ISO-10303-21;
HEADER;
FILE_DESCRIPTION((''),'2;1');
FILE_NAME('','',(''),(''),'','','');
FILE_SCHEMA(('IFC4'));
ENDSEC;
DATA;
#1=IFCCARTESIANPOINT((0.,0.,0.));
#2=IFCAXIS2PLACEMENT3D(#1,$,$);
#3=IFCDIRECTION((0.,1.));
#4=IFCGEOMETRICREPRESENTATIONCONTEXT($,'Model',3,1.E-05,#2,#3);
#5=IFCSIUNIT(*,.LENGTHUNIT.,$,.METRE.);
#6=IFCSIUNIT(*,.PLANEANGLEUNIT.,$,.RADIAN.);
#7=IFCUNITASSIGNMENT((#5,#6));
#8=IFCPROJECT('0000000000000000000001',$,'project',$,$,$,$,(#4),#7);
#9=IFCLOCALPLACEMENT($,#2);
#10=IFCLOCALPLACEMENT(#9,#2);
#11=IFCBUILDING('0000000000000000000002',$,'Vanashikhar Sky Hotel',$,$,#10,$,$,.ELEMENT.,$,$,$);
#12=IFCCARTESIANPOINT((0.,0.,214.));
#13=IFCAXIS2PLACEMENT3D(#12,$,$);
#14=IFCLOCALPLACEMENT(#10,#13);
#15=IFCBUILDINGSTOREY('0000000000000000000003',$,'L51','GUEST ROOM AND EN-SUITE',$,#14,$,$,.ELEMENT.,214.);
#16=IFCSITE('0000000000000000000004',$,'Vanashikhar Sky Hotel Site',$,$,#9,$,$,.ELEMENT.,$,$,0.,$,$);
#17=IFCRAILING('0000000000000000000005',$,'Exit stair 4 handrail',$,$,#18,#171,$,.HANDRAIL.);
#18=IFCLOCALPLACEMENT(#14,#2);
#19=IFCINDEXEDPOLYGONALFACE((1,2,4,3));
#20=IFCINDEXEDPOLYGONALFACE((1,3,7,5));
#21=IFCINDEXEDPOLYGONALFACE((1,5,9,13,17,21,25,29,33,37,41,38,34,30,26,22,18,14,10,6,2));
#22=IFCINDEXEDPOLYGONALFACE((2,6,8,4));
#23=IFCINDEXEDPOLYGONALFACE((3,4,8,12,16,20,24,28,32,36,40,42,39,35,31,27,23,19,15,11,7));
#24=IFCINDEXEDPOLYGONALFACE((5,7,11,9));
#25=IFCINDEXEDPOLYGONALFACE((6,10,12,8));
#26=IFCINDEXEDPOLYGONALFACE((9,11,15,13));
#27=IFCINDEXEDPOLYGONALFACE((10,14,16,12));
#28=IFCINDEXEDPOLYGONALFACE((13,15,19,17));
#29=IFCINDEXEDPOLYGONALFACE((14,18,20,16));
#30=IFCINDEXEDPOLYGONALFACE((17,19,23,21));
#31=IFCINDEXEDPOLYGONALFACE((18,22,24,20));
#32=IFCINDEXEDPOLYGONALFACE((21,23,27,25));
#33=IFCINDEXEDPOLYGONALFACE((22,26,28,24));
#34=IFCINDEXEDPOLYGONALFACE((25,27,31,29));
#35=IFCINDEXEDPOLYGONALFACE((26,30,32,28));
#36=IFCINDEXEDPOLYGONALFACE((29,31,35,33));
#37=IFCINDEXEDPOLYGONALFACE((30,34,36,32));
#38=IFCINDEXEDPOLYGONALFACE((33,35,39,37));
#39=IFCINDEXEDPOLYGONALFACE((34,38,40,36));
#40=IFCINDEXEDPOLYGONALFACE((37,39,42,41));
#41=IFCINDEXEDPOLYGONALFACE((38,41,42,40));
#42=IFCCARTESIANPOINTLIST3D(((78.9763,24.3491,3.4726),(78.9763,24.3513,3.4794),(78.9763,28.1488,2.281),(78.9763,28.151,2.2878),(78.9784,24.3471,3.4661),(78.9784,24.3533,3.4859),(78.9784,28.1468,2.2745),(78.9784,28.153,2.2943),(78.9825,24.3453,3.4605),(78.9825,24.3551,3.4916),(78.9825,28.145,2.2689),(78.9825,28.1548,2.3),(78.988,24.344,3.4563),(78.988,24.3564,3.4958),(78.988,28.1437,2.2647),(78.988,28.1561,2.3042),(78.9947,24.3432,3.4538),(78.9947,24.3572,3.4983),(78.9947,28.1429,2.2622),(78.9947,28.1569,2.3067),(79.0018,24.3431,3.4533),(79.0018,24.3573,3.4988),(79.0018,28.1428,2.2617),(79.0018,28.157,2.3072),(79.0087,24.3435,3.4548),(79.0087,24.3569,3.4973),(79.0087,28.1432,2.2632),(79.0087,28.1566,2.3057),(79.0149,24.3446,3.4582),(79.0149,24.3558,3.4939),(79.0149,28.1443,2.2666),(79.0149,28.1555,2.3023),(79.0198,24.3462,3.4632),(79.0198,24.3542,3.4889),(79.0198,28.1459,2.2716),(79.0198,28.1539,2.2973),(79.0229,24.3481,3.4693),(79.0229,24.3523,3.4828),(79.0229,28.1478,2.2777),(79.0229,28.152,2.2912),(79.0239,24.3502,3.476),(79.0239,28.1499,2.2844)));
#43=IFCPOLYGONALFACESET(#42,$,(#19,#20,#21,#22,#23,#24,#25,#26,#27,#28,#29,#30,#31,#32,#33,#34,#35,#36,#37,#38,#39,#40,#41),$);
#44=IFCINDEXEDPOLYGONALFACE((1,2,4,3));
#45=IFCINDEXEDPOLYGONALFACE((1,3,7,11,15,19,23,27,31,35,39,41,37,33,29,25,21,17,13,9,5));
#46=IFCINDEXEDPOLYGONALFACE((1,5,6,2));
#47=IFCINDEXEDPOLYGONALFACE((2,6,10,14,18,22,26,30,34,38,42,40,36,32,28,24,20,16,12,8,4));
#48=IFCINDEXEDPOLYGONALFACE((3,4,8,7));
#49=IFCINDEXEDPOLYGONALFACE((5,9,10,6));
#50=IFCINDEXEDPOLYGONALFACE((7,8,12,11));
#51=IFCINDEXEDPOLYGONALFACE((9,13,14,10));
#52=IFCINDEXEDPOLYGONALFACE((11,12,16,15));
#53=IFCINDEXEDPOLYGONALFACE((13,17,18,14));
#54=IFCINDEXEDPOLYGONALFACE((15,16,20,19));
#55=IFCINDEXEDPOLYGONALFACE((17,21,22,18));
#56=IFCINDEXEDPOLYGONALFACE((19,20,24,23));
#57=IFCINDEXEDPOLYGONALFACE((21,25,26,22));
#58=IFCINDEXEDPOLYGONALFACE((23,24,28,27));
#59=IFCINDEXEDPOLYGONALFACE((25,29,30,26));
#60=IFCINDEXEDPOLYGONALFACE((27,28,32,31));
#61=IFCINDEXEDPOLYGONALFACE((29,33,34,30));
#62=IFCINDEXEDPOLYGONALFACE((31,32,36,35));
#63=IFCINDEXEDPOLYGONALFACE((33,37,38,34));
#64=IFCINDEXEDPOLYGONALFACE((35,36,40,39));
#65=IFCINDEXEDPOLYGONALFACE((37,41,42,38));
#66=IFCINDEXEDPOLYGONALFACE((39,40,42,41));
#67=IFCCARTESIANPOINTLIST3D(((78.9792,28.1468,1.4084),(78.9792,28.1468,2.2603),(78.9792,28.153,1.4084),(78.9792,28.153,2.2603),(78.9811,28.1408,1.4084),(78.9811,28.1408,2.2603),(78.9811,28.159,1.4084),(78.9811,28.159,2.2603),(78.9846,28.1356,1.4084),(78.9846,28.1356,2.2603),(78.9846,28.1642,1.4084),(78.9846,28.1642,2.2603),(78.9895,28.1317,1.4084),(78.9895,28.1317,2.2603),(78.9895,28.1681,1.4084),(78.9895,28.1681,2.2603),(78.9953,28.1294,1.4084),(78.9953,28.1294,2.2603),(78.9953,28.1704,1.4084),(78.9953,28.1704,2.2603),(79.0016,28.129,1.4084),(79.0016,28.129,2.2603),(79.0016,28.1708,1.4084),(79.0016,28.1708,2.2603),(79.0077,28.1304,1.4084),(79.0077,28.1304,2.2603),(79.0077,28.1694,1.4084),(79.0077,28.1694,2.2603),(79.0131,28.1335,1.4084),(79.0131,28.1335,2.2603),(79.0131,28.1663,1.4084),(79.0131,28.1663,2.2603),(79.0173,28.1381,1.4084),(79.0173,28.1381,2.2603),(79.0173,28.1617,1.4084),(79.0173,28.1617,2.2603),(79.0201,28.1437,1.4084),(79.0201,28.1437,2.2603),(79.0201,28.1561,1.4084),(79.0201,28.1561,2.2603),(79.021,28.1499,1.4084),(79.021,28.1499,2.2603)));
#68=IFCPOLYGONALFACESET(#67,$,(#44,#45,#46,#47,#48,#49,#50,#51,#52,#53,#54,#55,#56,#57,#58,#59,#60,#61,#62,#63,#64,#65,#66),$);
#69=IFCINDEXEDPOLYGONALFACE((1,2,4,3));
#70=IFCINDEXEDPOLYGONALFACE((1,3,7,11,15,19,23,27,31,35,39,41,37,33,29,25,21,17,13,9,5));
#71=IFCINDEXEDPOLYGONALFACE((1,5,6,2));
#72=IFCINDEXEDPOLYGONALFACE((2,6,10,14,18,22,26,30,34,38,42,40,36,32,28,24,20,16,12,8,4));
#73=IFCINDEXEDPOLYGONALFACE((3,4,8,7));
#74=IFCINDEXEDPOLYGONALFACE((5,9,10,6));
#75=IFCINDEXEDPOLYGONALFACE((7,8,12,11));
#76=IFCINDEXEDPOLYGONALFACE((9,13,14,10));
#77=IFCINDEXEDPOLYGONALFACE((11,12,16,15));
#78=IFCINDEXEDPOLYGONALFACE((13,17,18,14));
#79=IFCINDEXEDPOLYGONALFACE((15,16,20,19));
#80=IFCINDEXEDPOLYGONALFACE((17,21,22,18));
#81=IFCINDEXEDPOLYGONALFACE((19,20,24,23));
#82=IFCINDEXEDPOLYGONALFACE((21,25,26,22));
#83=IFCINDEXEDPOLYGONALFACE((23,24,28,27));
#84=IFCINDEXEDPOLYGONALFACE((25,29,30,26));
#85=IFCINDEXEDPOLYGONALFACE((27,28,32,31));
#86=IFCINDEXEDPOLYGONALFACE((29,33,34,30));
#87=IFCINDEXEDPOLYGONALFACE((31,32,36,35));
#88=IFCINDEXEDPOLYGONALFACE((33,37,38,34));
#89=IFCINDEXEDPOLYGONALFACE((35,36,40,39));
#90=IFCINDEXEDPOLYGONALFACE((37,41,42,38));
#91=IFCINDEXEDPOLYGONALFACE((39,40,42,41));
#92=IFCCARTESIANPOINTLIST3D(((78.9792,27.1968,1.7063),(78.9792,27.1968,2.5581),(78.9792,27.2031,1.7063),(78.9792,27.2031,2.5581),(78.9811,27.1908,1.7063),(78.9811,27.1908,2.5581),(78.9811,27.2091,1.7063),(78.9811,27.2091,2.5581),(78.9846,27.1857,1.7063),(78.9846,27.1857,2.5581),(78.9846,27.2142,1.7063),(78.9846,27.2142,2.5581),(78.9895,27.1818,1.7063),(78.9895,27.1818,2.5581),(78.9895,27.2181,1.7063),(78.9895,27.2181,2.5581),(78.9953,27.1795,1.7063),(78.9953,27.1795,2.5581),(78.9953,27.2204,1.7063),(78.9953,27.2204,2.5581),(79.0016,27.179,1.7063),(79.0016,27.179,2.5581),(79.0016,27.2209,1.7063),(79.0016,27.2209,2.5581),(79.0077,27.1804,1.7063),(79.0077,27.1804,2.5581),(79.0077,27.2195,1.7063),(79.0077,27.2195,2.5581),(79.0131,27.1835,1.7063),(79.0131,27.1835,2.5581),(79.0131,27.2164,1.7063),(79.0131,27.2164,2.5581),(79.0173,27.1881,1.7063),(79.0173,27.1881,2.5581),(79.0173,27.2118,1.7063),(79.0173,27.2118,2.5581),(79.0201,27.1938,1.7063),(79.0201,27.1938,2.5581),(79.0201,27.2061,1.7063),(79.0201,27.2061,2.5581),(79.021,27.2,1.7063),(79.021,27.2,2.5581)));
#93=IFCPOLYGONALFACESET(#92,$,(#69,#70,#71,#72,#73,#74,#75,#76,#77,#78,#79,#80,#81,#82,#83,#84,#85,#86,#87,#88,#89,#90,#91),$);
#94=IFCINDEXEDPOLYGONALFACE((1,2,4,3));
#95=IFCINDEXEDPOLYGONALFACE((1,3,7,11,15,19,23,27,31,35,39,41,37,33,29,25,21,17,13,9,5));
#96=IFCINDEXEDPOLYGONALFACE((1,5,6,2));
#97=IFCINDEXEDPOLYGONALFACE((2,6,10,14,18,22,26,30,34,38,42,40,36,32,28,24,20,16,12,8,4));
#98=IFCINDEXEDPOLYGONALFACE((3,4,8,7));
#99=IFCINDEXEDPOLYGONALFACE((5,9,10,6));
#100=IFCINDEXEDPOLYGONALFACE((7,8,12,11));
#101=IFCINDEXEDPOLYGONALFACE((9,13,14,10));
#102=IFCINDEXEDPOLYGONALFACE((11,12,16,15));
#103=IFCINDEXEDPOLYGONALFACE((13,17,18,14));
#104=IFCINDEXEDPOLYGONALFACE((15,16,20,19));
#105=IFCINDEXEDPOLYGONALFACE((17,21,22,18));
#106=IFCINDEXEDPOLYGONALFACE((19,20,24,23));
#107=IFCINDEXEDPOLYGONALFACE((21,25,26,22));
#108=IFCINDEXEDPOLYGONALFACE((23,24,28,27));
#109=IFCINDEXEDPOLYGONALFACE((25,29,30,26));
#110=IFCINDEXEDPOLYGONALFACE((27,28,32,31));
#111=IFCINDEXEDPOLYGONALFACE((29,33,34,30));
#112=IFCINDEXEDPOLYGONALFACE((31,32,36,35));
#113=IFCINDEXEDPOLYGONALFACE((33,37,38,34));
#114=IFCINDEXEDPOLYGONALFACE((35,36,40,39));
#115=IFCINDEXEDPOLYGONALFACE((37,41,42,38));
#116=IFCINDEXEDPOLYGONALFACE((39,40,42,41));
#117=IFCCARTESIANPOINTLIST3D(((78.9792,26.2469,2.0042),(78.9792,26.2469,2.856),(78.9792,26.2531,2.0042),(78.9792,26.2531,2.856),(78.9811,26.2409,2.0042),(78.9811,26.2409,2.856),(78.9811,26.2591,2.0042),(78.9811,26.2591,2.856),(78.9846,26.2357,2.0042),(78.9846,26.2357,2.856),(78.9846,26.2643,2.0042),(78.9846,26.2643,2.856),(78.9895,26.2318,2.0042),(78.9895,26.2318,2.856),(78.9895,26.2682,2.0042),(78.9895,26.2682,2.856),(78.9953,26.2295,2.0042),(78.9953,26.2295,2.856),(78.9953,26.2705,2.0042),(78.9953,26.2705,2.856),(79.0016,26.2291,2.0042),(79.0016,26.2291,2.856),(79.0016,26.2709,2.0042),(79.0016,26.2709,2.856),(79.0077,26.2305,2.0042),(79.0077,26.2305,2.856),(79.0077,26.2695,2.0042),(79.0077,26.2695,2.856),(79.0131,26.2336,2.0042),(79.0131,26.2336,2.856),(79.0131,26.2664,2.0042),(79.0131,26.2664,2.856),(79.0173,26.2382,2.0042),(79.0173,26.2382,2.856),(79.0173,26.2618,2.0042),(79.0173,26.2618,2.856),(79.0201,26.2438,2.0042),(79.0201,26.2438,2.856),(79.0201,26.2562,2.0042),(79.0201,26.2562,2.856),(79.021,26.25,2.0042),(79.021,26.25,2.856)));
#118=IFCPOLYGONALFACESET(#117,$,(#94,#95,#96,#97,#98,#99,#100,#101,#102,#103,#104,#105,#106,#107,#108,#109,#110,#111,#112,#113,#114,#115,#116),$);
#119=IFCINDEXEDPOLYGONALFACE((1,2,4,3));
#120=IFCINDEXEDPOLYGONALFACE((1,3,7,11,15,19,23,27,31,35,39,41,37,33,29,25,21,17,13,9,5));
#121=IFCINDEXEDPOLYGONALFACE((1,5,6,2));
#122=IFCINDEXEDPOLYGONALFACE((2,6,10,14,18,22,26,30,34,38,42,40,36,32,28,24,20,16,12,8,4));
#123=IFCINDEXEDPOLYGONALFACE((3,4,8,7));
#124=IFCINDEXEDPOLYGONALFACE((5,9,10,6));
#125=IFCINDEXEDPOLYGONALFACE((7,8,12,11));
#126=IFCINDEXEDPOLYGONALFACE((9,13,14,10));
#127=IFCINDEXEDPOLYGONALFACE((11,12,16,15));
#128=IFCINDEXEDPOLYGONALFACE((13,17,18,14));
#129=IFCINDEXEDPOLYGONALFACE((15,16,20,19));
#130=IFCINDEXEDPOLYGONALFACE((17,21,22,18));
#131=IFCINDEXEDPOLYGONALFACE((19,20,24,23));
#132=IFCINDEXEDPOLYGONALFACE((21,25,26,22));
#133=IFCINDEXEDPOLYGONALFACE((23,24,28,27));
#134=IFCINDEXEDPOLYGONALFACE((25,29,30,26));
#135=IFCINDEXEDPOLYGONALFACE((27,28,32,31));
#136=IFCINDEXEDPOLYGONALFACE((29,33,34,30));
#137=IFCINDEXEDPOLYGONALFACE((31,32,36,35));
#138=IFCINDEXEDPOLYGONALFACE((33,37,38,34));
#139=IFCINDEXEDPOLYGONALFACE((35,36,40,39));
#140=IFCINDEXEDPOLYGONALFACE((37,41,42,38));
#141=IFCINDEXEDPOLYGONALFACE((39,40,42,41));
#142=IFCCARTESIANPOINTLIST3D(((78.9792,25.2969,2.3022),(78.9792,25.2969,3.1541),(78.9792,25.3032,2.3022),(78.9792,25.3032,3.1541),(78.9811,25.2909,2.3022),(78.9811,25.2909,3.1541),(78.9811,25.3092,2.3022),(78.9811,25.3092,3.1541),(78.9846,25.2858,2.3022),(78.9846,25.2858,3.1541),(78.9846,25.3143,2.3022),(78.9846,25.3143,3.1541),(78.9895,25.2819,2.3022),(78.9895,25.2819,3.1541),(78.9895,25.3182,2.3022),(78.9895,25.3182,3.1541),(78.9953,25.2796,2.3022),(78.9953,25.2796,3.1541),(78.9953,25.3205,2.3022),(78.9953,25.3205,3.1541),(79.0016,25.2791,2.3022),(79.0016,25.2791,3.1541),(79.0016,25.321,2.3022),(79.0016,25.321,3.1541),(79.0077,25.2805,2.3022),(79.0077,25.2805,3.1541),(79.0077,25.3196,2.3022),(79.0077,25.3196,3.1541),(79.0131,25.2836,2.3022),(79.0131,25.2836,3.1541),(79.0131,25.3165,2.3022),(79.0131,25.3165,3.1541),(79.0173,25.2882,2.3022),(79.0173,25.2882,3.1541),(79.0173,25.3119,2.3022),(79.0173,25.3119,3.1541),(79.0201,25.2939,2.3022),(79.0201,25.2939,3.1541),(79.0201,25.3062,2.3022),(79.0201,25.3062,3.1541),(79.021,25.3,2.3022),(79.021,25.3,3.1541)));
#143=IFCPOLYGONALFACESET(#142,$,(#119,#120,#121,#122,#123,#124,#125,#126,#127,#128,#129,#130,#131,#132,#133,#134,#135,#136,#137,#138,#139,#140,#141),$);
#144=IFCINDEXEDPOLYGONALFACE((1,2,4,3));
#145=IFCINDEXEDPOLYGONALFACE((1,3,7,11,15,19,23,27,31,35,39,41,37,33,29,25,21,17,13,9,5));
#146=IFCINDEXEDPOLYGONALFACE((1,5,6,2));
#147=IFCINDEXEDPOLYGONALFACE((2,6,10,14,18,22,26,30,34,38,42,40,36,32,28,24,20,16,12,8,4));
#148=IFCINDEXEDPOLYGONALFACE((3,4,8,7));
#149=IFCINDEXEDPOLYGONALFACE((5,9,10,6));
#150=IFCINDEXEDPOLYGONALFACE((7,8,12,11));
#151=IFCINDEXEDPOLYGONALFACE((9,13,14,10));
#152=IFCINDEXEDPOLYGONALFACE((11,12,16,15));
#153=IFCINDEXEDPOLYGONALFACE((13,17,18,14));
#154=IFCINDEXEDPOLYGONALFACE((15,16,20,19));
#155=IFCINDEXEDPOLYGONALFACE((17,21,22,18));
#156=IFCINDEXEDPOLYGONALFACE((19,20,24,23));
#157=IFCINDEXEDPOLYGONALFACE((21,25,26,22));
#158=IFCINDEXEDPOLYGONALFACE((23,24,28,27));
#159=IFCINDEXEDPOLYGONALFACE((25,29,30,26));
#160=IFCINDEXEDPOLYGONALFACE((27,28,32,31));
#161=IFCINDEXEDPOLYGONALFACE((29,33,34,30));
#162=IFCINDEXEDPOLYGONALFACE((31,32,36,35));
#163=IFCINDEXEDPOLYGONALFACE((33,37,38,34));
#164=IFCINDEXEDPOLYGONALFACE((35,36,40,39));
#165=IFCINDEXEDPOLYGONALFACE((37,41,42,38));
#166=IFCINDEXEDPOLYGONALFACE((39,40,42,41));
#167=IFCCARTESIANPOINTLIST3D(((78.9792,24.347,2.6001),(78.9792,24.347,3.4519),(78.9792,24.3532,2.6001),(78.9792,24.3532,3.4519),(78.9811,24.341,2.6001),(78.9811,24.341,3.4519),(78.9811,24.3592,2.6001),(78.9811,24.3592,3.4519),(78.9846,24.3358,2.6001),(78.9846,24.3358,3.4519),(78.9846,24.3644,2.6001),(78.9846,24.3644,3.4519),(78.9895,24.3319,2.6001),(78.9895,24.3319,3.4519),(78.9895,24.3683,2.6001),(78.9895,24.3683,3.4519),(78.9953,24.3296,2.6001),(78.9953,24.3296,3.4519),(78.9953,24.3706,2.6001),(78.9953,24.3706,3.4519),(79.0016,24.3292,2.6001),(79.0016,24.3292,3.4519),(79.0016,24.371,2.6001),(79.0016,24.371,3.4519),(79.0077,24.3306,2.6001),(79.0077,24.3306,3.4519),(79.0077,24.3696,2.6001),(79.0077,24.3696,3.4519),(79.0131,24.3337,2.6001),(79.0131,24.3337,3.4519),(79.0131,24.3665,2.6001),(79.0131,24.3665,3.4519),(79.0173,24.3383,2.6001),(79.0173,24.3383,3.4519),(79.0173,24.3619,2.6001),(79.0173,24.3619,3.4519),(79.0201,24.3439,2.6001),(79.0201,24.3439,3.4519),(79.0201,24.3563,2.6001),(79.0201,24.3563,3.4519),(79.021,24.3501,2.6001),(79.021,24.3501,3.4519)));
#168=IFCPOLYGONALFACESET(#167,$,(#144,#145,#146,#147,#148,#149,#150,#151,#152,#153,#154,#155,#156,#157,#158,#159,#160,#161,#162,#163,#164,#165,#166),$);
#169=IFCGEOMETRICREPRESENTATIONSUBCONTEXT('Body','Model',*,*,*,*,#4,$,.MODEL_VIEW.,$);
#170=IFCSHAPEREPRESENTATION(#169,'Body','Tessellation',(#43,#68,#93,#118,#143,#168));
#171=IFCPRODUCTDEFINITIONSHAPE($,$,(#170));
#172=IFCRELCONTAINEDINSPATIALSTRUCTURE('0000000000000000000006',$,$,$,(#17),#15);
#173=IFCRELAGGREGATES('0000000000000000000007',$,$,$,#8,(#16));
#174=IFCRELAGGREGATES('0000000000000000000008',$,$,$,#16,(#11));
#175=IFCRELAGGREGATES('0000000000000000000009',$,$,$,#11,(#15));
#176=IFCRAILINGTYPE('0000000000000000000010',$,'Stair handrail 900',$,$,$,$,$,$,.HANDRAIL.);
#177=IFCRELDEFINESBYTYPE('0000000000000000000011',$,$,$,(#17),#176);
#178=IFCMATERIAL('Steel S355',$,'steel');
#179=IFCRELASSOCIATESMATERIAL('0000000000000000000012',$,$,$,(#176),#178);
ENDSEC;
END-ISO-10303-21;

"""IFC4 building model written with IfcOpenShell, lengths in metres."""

from ifc_helpers import new_model, si_unit, direction, frame, origin, origin_2d, place, context, subcontext, project, spatial, circle, extrude, source, transform, mapped, material, type_object, element, save


model = new_model("IFC4")

# Units and contexts
model_context = context("Model", 3, precision=1e-05, world=origin(), true_north=direction((0.0, 1.0)))
body_context = subcontext(model_context, "Body", "Model", "MODEL_VIEW")
ifc_project = project(units=[si_unit("LENGTHUNIT", "METRE"), si_unit("PLANEANGLEUNIT", "RADIAN")], contexts=[model_context])

# Site, building, storey
site_placement = place(None, origin())
site = spatial("IfcSite", under=ifc_project, at=site_placement, Name="Vanashikhar Sky Hotel Site", CompositionType="ELEMENT", RefElevation=0.0)
building_placement = place(site_placement, origin())
building = spatial("IfcBuilding", under=site, at=building_placement, Name="Vanashikhar Sky Hotel", CompositionType="ELEMENT")
storey_placement = place(building_placement, frame((0.0, 0.0, 214.0)))
storey = spatial("IfcBuildingStorey", under=building, at=storey_placement, Name="L51", Description="GUEST ROOM AND EN-SUITE", CompositionType="ELEMENT", Elevation=214.0)

# Railing
ifc_material_1 = material(Name="Steel S355", Category="steel")
railing_type_1 = type_object("IfcRailingType", Name="Stair handrail 900", PredefinedType="HANDRAIL", material=ifc_material_1)
shared_shape_1 = source(origin(), body_context, "Body", "SweptSolid", [
    extrude(circle(Radius=0.0239, at=origin_2d()), frame((0.0, 0.0, 0.876), z_axis=(0.0, -0.954178, 0.299238), x_axis=(1.0, 0.0, 0.0)), (0.0, 0.0, 1.0), 3.9822),
    extrude(circle(Radius=0.021, at=origin_2d()), origin(), (0.0, 0.0, 1.0), 0.8518),
    extrude(circle(Radius=0.021, at=origin_2d()), frame((0.0, -0.95, 0.2979)), (0.0, 0.0, 1.0), 0.8518),
    extrude(circle(Radius=0.021, at=origin_2d()), frame((0.0, -1.8999, 0.5957)), (0.0, 0.0, 1.0), 0.8518),
    extrude(circle(Radius=0.021, at=origin_2d()), frame((0.0, -2.8499, 0.8938)), (0.0, 0.0, 1.0), 0.8518),
    extrude(circle(Radius=0.021, at=origin_2d()), frame((0.0, -3.7998, 1.1917)), (0.0, 0.0, 1.0), 0.8518),
])
railing_1_placement = place(storey_placement, frame((79.0, 28.1499, 1.4084)))
element("IfcRailing", 1, at=railing_1_placement, inside=storey, type_object=railing_type_1, Name="Exit stair 4 handrail", PredefinedType="HANDRAIL", context=body_context, shape_type="MappedRepresentation", body=[
    mapped(shared_shape_1, transform((0.0, 0.0, 0.0), scale=1.0)),
])

save(model, "model.ifc")
